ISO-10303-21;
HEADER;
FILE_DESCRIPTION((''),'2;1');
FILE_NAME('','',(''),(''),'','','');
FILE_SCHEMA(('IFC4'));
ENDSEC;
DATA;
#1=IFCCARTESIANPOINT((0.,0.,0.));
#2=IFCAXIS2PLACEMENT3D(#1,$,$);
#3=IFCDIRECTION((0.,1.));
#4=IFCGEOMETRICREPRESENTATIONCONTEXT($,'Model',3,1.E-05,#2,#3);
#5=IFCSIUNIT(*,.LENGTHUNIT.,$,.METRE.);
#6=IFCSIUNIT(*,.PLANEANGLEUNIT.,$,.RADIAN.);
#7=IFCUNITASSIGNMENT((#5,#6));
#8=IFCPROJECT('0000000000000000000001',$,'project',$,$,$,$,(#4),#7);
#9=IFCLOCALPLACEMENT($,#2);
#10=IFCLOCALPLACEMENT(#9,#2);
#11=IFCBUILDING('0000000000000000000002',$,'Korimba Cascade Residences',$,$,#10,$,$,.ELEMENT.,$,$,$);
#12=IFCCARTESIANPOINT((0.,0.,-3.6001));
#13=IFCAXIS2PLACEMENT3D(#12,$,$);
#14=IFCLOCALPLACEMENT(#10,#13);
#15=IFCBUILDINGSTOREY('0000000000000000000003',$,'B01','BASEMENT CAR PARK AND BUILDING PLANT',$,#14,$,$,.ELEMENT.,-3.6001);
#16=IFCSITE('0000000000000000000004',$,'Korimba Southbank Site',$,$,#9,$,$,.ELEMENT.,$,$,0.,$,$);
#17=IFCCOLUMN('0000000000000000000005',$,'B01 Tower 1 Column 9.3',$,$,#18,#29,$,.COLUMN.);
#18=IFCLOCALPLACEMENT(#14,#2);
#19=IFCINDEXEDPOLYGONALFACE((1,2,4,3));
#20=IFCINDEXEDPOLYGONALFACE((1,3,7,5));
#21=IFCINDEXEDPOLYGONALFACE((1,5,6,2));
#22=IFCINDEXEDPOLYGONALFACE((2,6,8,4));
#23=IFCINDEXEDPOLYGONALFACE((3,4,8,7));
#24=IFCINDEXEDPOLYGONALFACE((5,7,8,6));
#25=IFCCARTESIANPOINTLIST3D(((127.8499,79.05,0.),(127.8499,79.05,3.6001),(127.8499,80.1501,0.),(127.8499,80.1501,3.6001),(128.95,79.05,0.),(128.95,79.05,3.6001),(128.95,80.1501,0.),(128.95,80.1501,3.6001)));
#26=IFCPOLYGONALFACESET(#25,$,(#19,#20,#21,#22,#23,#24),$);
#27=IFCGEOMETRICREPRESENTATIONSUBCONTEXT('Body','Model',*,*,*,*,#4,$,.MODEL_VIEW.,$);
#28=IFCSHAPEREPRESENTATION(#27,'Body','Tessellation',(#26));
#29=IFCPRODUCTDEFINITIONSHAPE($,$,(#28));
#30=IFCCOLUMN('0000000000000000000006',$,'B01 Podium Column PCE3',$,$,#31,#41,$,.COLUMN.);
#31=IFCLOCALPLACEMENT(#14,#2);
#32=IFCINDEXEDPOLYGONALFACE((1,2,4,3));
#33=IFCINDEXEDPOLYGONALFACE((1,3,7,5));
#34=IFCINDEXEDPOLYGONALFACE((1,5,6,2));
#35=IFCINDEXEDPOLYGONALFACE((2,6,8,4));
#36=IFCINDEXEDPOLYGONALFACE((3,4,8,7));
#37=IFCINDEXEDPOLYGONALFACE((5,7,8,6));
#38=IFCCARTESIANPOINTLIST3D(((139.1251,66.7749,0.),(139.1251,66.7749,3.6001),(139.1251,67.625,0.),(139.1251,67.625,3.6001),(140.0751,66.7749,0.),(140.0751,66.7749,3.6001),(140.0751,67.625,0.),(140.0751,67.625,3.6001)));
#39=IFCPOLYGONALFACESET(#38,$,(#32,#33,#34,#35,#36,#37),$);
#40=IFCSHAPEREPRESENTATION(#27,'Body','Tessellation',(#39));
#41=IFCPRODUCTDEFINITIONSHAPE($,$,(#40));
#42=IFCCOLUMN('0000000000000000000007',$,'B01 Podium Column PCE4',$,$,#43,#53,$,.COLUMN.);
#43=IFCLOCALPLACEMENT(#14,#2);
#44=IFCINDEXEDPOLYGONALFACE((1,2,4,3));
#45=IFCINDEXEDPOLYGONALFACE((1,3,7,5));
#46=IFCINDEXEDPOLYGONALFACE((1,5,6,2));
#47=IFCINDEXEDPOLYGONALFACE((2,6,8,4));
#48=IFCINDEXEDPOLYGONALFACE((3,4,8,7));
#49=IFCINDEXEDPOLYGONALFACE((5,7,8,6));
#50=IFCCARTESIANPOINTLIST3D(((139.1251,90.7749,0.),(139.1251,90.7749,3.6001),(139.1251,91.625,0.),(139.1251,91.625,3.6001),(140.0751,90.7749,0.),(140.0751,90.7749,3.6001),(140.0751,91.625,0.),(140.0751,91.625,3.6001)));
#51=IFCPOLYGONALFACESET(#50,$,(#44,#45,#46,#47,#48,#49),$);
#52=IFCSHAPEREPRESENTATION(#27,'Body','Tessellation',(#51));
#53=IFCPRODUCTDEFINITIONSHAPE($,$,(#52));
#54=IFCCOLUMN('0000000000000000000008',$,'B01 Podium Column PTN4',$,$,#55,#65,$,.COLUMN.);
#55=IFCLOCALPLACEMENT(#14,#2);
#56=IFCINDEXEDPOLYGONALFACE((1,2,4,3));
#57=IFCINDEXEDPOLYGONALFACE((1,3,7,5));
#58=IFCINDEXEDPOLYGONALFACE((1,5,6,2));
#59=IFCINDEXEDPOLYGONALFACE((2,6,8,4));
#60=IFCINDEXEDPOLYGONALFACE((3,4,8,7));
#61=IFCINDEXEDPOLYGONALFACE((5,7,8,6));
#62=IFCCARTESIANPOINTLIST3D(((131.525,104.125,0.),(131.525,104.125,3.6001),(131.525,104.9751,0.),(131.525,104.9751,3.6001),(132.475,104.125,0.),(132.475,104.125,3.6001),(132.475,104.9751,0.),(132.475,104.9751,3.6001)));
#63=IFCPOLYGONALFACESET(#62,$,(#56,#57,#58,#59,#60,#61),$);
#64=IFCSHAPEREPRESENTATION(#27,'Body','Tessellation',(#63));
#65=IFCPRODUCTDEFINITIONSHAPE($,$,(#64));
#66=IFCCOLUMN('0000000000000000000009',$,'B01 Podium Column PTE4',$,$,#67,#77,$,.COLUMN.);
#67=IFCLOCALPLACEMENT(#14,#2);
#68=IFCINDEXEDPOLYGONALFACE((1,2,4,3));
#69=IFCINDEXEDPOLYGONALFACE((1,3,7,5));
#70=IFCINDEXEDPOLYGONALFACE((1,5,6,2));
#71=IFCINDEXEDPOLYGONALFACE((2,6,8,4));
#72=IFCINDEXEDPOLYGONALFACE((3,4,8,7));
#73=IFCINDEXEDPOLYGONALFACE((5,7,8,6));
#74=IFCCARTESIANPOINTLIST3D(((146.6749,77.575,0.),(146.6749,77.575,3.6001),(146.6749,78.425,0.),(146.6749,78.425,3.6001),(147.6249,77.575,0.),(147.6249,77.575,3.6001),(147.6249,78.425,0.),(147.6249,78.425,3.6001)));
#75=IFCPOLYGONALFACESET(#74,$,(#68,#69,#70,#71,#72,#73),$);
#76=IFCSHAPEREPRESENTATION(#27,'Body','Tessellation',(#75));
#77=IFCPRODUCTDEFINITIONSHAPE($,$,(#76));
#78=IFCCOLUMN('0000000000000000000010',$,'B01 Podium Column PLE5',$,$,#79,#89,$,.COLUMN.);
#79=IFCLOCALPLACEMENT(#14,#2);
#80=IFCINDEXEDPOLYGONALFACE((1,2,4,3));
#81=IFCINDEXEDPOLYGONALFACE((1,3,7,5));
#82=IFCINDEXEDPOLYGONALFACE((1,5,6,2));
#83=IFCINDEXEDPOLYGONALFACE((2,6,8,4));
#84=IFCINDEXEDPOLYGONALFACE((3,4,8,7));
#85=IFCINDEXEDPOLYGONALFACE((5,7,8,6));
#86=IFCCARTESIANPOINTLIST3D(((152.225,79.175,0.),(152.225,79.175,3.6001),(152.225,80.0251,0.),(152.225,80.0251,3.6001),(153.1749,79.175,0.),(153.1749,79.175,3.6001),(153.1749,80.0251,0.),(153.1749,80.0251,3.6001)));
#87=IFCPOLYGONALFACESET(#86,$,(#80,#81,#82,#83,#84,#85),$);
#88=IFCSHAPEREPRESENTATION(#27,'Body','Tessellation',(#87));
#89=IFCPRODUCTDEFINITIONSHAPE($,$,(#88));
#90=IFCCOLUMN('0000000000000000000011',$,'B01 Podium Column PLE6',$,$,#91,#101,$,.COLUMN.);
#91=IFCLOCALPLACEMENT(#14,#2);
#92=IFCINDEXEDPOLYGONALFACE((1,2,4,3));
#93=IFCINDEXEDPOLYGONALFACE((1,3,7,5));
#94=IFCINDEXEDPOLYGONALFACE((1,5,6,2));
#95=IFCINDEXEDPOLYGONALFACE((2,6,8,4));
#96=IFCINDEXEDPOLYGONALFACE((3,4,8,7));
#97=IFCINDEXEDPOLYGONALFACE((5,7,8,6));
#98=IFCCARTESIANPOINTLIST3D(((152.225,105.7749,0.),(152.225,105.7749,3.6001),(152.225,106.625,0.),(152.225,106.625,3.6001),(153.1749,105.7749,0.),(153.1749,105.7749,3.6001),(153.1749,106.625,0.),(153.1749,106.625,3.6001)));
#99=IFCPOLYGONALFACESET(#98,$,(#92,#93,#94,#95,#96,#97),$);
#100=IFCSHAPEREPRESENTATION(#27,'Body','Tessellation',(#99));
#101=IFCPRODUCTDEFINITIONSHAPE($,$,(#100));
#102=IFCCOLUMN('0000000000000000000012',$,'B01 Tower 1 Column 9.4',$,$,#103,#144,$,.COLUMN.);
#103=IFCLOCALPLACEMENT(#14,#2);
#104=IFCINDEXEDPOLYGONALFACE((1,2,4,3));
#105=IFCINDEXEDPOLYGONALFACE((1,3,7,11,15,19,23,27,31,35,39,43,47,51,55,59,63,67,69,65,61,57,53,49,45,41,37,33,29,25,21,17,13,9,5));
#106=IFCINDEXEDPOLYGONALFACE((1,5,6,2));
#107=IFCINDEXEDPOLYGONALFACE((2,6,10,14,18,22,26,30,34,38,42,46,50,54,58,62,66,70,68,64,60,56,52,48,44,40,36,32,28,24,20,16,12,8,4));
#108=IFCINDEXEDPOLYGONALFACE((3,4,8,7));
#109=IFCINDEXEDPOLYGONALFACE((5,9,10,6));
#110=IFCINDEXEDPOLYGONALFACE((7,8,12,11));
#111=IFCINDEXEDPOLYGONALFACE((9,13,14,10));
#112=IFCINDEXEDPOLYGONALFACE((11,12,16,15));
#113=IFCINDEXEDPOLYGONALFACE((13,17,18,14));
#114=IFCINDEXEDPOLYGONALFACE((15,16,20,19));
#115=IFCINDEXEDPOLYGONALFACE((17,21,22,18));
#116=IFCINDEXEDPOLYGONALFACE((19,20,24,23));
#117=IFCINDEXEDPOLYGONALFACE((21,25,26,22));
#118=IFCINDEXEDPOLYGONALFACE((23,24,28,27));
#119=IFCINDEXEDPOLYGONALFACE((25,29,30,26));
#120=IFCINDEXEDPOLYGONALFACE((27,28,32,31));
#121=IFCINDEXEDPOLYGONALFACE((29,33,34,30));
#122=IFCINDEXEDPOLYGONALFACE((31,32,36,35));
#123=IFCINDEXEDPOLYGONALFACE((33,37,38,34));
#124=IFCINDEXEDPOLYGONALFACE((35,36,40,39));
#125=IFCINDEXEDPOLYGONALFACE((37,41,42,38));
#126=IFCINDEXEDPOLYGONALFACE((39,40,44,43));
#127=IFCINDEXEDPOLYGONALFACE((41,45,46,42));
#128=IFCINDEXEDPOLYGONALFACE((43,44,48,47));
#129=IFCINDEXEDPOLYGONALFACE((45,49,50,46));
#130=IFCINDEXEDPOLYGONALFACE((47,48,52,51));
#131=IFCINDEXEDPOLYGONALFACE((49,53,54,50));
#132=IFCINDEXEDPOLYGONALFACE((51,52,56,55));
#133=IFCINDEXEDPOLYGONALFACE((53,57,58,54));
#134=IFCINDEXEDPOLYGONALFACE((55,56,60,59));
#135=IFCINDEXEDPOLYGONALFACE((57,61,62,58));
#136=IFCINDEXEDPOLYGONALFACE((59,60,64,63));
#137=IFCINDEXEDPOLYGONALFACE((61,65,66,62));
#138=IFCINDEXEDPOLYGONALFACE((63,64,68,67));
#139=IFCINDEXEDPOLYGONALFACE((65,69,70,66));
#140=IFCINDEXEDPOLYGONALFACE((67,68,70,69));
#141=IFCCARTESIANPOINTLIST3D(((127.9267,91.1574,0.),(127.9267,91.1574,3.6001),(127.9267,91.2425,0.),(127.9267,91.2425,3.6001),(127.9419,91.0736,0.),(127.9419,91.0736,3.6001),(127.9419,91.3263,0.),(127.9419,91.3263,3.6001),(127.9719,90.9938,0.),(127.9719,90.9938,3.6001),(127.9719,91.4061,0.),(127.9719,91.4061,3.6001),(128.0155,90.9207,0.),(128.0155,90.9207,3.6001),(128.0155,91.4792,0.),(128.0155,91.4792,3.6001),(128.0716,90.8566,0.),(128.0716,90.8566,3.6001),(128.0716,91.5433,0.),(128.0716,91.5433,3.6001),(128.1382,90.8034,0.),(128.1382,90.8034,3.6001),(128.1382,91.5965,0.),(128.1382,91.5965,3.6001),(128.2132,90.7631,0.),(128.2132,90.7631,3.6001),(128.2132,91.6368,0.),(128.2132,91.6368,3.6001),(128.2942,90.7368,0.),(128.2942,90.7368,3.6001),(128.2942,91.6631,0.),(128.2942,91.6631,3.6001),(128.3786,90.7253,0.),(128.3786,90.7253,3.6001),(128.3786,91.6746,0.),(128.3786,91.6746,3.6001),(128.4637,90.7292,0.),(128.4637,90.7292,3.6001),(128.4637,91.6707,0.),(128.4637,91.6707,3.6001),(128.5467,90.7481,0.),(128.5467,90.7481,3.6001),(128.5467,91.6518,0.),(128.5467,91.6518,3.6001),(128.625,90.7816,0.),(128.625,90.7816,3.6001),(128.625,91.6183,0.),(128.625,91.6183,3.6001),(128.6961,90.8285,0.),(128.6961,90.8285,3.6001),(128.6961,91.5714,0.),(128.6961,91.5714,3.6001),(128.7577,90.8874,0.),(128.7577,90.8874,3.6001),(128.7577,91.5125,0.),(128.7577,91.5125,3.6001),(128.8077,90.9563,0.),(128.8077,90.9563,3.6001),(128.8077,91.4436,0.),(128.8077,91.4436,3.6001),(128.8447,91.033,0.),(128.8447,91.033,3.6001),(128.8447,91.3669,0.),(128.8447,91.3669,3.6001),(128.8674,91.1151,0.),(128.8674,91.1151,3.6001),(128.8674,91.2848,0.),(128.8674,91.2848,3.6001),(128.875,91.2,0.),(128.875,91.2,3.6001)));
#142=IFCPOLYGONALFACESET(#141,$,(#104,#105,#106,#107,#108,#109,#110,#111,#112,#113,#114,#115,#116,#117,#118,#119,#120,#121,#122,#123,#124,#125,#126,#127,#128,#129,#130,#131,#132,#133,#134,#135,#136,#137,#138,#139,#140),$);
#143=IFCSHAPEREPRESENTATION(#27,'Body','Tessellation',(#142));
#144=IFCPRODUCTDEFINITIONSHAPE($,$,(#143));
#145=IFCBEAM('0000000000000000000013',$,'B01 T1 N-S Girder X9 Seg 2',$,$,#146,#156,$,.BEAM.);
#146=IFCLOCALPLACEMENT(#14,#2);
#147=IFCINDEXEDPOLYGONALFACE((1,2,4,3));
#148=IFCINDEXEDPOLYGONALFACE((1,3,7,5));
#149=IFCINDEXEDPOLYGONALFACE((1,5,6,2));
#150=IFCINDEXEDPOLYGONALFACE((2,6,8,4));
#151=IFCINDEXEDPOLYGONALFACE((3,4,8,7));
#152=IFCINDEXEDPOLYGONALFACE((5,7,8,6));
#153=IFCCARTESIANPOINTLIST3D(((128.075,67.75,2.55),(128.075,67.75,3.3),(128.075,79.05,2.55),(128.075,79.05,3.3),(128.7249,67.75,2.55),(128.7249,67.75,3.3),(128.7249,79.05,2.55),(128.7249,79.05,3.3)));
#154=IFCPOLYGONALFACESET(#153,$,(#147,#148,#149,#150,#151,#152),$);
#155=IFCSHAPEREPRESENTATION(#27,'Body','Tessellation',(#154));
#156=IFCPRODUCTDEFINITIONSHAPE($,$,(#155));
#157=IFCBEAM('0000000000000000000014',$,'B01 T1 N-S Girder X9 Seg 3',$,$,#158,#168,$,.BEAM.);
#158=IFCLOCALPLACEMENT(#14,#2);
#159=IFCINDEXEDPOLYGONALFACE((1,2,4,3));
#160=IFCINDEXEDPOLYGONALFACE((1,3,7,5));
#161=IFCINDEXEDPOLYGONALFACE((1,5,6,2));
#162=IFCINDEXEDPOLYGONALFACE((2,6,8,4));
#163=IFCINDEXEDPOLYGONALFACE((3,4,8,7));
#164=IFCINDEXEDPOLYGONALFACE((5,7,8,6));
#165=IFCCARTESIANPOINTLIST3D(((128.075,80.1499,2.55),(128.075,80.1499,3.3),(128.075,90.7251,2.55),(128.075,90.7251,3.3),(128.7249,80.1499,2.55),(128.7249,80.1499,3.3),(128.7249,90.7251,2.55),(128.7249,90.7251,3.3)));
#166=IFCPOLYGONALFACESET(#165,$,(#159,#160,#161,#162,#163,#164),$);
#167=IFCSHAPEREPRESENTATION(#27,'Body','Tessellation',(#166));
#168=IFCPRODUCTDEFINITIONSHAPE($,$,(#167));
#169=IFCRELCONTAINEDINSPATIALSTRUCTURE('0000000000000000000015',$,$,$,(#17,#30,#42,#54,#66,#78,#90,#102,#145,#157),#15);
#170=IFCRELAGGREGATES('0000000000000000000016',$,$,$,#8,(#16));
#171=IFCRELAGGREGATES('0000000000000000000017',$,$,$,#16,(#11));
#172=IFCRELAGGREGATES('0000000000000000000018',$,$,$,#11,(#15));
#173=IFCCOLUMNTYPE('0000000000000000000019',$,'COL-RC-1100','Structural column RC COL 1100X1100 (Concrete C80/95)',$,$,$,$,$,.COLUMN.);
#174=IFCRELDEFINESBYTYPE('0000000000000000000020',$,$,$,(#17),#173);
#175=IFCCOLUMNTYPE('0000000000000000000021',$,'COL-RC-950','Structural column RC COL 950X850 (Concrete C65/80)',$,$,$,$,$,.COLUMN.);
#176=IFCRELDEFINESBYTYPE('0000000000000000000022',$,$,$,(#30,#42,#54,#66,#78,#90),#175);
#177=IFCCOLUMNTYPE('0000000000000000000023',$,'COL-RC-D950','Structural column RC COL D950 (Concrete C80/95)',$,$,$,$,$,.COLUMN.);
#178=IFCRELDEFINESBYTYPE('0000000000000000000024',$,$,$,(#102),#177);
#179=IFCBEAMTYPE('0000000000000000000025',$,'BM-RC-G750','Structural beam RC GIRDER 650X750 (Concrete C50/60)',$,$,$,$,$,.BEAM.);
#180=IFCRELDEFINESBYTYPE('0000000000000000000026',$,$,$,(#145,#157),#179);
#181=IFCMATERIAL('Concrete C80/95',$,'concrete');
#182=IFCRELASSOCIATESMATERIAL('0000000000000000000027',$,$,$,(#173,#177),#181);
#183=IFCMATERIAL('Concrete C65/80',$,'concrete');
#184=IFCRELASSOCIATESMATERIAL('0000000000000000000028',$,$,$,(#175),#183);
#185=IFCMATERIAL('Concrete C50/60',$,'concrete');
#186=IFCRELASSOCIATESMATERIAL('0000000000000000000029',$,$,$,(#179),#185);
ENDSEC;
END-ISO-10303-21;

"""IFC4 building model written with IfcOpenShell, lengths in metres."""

from ifc_helpers import new_model, si_unit, direction, frame, origin, origin_2d, place, context, subcontext, project, spatial, rectangle, circle, extrude, material, material_profile, profile_set, type_object, element, save


model = new_model("IFC4")

# Units and contexts
model_context = context("Model", 3, precision=1e-05, world=origin(), true_north=direction((0.0, 1.0)))
body_context = subcontext(model_context, "Body", "Model", "MODEL_VIEW")
ifc_project = project(units=[si_unit("LENGTHUNIT", "METRE"), si_unit("PLANEANGLEUNIT", "RADIAN")], contexts=[model_context])

# Site, building, storey
site_placement = place(None, origin())
site = spatial("IfcSite", under=ifc_project, at=site_placement, Name="Korimba Southbank Site", CompositionType="ELEMENT", RefElevation=0.0)
building_placement = place(site_placement, origin())
building = spatial("IfcBuilding", under=site, at=building_placement, Name="Korimba Cascade Residences", CompositionType="ELEMENT")
storey_placement = place(building_placement, frame((0.0, 0.0, -3.6001)))
storey = spatial("IfcBuildingStorey", under=building, at=storey_placement, Name="B01", Description="BASEMENT CAR PARK AND BUILDING PLANT", CompositionType="ELEMENT", Elevation=-3.6001)

# Columns
ifc_material_1 = material(Name="Concrete C80/95", Category="concrete")
ifc_material_profile_1 = material_profile(ifc_material_1, rectangle(XDim=1.1001, YDim=1.1001, at=origin_2d()), Name="Concrete C80/95")
ifc_profile_set_1 = profile_set([ifc_material_profile_1], Name="Concrete C80/95")
column_type_1 = type_object("IfcColumnType", Name="COL-RC-1100", Description="Structural column RC COL 1100X1100 (Concrete C80/95)", PredefinedType="COLUMN", material=ifc_profile_set_1)
column_1_placement = place(storey_placement, frame((128.3999, 79.6001, 0.0), z_axis=(0.0, 0.0, 1.0), x_axis=(1.0, 0.0, 0.0)))
element("IfcColumn", 1, at=column_1_placement, inside=storey, type_object=column_type_1, Name="B01 Tower 1 Column 9.3", PredefinedType="COLUMN", context=body_context, shape_type="SweptSolid", body=[
    extrude(rectangle(XDim=1.1001, YDim=1.1001, at=origin_2d()), origin(), (0.0, 0.0, 1.0), 3.6001),
])
ifc_material_2 = material(Name="Concrete C65/80", Category="concrete")
ifc_material_profile_2 = material_profile(ifc_material_2, rectangle(XDim=0.95, YDim=0.8501, at=origin_2d()), Name="Concrete C65/80")
ifc_profile_set_2 = profile_set([ifc_material_profile_2], Name="Concrete C65/80")
column_type_2 = type_object("IfcColumnType", Name="COL-RC-950", Description="Structural column RC COL 950X850 (Concrete C65/80)", PredefinedType="COLUMN", material=ifc_profile_set_2)
for number, where, z_axis, x_axis, name in (
    (2, (139.6001, 67.2, 0.0), (0.0, 0.0, 1.0), (1.0, 0.0, 0.0), "B01 Podium Column PCE3"),
    (3, (139.6001, 91.2, 0.0), (0.0, 0.0, 1.0), (1.0, 0.0, 0.0), "B01 Podium Column PCE4"),
    (4, (132.0, 104.55, 0.0), (0.0, 0.0, 1.0), (1.0, 0.0, 0.0), "B01 Podium Column PTN4"),
    (5, (147.1499, 78.0, 0.0), (0.0, 0.0, 1.0), (1.0, 0.0, 0.0), "B01 Podium Column PTE4"),
    (6, (152.7, 79.6001, 0.0), (0.0, 0.0, 1.0), (1.0, 0.0, 0.0), "B01 Podium Column PLE5"),
    (7, (152.7, 106.2, 0.0), (0.0, 0.0, 1.0), (1.0, 0.0, 0.0), "B01 Podium Column PLE6"),
):
    element("IfcColumn", number, at=place(storey_placement, frame(where, z_axis=z_axis, x_axis=x_axis)), inside=storey, type_object=column_type_2, Name=name, PredefinedType="COLUMN", context=body_context, shape_type="SweptSolid", body=[
        extrude(rectangle(XDim=0.95, YDim=0.8501, at=origin_2d()), origin(), (0.0, 0.0, 1.0), 3.6001),
    ])
ifc_material_profile_3 = material_profile(ifc_material_1, circle(Radius=0.4751, at=origin_2d()), Name="Concrete C80/95")
ifc_profile_set_3 = profile_set([ifc_material_profile_3], Name="Concrete C80/95")
column_type_3 = type_object("IfcColumnType", Name="COL-RC-D950", Description="Structural column RC COL D950 (Concrete C80/95)", PredefinedType="COLUMN", material=ifc_profile_set_3)
column_2_placement = place(storey_placement, frame((128.3999, 91.2, 0.0), z_axis=(0.0, 0.0, 1.0), x_axis=(1.0, 0.0, 0.0)))
element("IfcColumn", 8, at=column_2_placement, inside=storey, type_object=column_type_3, Name="B01 Tower 1 Column 9.4", PredefinedType="COLUMN", context=body_context, shape_type="SweptSolid", body=[
    extrude(circle(Radius=0.4751, at=origin_2d()), origin(), (0.0, 0.0, 1.0), 3.6001),
])

# Beams
ifc_material_3 = material(Name="Concrete C50/60", Category="concrete")
ifc_material_profile_4 = material_profile(ifc_material_3, rectangle(XDim=0.6499, YDim=0.75, at=origin_2d()), Name="Concrete C50/60")
ifc_profile_set_4 = profile_set([ifc_material_profile_4], Name="Concrete C50/60")
beam_type_1 = type_object("IfcBeamType", Name="BM-RC-G750", Description="Structural beam RC GIRDER 650X750 (Concrete C50/60)", PredefinedType="BEAM", material=ifc_profile_set_4)
beam_1_placement = place(storey_placement, frame((128.3999, 67.75, 2.925), z_axis=(0.0, 1.0, 0.0), x_axis=(-1.0, 0.0, 0.0)))
element("IfcBeam", 9, at=beam_1_placement, inside=storey, type_object=beam_type_1, Name="B01 T1 N-S Girder X9 Seg 2", PredefinedType="BEAM", context=body_context, shape_type="SweptSolid", body=[
    extrude(rectangle(XDim=0.6499, YDim=0.75, at=origin_2d()), origin(), (0.0, 0.0, 1.0), 11.3),
])
beam_2_placement = place(storey_placement, frame((128.3999, 80.1499, 2.925), z_axis=(0.0, 1.0, 0.0), x_axis=(-1.0, 0.0, 0.0)))
element("IfcBeam", 10, at=beam_2_placement, inside=storey, type_object=beam_type_1, Name="B01 T1 N-S Girder X9 Seg 3", PredefinedType="BEAM", context=body_context, shape_type="SweptSolid", body=[
    extrude(rectangle(XDim=0.6499, YDim=0.75, at=origin_2d()), origin(), (0.0, 0.0, 1.0), 10.5752),
])

save(model, "model.ifc")
